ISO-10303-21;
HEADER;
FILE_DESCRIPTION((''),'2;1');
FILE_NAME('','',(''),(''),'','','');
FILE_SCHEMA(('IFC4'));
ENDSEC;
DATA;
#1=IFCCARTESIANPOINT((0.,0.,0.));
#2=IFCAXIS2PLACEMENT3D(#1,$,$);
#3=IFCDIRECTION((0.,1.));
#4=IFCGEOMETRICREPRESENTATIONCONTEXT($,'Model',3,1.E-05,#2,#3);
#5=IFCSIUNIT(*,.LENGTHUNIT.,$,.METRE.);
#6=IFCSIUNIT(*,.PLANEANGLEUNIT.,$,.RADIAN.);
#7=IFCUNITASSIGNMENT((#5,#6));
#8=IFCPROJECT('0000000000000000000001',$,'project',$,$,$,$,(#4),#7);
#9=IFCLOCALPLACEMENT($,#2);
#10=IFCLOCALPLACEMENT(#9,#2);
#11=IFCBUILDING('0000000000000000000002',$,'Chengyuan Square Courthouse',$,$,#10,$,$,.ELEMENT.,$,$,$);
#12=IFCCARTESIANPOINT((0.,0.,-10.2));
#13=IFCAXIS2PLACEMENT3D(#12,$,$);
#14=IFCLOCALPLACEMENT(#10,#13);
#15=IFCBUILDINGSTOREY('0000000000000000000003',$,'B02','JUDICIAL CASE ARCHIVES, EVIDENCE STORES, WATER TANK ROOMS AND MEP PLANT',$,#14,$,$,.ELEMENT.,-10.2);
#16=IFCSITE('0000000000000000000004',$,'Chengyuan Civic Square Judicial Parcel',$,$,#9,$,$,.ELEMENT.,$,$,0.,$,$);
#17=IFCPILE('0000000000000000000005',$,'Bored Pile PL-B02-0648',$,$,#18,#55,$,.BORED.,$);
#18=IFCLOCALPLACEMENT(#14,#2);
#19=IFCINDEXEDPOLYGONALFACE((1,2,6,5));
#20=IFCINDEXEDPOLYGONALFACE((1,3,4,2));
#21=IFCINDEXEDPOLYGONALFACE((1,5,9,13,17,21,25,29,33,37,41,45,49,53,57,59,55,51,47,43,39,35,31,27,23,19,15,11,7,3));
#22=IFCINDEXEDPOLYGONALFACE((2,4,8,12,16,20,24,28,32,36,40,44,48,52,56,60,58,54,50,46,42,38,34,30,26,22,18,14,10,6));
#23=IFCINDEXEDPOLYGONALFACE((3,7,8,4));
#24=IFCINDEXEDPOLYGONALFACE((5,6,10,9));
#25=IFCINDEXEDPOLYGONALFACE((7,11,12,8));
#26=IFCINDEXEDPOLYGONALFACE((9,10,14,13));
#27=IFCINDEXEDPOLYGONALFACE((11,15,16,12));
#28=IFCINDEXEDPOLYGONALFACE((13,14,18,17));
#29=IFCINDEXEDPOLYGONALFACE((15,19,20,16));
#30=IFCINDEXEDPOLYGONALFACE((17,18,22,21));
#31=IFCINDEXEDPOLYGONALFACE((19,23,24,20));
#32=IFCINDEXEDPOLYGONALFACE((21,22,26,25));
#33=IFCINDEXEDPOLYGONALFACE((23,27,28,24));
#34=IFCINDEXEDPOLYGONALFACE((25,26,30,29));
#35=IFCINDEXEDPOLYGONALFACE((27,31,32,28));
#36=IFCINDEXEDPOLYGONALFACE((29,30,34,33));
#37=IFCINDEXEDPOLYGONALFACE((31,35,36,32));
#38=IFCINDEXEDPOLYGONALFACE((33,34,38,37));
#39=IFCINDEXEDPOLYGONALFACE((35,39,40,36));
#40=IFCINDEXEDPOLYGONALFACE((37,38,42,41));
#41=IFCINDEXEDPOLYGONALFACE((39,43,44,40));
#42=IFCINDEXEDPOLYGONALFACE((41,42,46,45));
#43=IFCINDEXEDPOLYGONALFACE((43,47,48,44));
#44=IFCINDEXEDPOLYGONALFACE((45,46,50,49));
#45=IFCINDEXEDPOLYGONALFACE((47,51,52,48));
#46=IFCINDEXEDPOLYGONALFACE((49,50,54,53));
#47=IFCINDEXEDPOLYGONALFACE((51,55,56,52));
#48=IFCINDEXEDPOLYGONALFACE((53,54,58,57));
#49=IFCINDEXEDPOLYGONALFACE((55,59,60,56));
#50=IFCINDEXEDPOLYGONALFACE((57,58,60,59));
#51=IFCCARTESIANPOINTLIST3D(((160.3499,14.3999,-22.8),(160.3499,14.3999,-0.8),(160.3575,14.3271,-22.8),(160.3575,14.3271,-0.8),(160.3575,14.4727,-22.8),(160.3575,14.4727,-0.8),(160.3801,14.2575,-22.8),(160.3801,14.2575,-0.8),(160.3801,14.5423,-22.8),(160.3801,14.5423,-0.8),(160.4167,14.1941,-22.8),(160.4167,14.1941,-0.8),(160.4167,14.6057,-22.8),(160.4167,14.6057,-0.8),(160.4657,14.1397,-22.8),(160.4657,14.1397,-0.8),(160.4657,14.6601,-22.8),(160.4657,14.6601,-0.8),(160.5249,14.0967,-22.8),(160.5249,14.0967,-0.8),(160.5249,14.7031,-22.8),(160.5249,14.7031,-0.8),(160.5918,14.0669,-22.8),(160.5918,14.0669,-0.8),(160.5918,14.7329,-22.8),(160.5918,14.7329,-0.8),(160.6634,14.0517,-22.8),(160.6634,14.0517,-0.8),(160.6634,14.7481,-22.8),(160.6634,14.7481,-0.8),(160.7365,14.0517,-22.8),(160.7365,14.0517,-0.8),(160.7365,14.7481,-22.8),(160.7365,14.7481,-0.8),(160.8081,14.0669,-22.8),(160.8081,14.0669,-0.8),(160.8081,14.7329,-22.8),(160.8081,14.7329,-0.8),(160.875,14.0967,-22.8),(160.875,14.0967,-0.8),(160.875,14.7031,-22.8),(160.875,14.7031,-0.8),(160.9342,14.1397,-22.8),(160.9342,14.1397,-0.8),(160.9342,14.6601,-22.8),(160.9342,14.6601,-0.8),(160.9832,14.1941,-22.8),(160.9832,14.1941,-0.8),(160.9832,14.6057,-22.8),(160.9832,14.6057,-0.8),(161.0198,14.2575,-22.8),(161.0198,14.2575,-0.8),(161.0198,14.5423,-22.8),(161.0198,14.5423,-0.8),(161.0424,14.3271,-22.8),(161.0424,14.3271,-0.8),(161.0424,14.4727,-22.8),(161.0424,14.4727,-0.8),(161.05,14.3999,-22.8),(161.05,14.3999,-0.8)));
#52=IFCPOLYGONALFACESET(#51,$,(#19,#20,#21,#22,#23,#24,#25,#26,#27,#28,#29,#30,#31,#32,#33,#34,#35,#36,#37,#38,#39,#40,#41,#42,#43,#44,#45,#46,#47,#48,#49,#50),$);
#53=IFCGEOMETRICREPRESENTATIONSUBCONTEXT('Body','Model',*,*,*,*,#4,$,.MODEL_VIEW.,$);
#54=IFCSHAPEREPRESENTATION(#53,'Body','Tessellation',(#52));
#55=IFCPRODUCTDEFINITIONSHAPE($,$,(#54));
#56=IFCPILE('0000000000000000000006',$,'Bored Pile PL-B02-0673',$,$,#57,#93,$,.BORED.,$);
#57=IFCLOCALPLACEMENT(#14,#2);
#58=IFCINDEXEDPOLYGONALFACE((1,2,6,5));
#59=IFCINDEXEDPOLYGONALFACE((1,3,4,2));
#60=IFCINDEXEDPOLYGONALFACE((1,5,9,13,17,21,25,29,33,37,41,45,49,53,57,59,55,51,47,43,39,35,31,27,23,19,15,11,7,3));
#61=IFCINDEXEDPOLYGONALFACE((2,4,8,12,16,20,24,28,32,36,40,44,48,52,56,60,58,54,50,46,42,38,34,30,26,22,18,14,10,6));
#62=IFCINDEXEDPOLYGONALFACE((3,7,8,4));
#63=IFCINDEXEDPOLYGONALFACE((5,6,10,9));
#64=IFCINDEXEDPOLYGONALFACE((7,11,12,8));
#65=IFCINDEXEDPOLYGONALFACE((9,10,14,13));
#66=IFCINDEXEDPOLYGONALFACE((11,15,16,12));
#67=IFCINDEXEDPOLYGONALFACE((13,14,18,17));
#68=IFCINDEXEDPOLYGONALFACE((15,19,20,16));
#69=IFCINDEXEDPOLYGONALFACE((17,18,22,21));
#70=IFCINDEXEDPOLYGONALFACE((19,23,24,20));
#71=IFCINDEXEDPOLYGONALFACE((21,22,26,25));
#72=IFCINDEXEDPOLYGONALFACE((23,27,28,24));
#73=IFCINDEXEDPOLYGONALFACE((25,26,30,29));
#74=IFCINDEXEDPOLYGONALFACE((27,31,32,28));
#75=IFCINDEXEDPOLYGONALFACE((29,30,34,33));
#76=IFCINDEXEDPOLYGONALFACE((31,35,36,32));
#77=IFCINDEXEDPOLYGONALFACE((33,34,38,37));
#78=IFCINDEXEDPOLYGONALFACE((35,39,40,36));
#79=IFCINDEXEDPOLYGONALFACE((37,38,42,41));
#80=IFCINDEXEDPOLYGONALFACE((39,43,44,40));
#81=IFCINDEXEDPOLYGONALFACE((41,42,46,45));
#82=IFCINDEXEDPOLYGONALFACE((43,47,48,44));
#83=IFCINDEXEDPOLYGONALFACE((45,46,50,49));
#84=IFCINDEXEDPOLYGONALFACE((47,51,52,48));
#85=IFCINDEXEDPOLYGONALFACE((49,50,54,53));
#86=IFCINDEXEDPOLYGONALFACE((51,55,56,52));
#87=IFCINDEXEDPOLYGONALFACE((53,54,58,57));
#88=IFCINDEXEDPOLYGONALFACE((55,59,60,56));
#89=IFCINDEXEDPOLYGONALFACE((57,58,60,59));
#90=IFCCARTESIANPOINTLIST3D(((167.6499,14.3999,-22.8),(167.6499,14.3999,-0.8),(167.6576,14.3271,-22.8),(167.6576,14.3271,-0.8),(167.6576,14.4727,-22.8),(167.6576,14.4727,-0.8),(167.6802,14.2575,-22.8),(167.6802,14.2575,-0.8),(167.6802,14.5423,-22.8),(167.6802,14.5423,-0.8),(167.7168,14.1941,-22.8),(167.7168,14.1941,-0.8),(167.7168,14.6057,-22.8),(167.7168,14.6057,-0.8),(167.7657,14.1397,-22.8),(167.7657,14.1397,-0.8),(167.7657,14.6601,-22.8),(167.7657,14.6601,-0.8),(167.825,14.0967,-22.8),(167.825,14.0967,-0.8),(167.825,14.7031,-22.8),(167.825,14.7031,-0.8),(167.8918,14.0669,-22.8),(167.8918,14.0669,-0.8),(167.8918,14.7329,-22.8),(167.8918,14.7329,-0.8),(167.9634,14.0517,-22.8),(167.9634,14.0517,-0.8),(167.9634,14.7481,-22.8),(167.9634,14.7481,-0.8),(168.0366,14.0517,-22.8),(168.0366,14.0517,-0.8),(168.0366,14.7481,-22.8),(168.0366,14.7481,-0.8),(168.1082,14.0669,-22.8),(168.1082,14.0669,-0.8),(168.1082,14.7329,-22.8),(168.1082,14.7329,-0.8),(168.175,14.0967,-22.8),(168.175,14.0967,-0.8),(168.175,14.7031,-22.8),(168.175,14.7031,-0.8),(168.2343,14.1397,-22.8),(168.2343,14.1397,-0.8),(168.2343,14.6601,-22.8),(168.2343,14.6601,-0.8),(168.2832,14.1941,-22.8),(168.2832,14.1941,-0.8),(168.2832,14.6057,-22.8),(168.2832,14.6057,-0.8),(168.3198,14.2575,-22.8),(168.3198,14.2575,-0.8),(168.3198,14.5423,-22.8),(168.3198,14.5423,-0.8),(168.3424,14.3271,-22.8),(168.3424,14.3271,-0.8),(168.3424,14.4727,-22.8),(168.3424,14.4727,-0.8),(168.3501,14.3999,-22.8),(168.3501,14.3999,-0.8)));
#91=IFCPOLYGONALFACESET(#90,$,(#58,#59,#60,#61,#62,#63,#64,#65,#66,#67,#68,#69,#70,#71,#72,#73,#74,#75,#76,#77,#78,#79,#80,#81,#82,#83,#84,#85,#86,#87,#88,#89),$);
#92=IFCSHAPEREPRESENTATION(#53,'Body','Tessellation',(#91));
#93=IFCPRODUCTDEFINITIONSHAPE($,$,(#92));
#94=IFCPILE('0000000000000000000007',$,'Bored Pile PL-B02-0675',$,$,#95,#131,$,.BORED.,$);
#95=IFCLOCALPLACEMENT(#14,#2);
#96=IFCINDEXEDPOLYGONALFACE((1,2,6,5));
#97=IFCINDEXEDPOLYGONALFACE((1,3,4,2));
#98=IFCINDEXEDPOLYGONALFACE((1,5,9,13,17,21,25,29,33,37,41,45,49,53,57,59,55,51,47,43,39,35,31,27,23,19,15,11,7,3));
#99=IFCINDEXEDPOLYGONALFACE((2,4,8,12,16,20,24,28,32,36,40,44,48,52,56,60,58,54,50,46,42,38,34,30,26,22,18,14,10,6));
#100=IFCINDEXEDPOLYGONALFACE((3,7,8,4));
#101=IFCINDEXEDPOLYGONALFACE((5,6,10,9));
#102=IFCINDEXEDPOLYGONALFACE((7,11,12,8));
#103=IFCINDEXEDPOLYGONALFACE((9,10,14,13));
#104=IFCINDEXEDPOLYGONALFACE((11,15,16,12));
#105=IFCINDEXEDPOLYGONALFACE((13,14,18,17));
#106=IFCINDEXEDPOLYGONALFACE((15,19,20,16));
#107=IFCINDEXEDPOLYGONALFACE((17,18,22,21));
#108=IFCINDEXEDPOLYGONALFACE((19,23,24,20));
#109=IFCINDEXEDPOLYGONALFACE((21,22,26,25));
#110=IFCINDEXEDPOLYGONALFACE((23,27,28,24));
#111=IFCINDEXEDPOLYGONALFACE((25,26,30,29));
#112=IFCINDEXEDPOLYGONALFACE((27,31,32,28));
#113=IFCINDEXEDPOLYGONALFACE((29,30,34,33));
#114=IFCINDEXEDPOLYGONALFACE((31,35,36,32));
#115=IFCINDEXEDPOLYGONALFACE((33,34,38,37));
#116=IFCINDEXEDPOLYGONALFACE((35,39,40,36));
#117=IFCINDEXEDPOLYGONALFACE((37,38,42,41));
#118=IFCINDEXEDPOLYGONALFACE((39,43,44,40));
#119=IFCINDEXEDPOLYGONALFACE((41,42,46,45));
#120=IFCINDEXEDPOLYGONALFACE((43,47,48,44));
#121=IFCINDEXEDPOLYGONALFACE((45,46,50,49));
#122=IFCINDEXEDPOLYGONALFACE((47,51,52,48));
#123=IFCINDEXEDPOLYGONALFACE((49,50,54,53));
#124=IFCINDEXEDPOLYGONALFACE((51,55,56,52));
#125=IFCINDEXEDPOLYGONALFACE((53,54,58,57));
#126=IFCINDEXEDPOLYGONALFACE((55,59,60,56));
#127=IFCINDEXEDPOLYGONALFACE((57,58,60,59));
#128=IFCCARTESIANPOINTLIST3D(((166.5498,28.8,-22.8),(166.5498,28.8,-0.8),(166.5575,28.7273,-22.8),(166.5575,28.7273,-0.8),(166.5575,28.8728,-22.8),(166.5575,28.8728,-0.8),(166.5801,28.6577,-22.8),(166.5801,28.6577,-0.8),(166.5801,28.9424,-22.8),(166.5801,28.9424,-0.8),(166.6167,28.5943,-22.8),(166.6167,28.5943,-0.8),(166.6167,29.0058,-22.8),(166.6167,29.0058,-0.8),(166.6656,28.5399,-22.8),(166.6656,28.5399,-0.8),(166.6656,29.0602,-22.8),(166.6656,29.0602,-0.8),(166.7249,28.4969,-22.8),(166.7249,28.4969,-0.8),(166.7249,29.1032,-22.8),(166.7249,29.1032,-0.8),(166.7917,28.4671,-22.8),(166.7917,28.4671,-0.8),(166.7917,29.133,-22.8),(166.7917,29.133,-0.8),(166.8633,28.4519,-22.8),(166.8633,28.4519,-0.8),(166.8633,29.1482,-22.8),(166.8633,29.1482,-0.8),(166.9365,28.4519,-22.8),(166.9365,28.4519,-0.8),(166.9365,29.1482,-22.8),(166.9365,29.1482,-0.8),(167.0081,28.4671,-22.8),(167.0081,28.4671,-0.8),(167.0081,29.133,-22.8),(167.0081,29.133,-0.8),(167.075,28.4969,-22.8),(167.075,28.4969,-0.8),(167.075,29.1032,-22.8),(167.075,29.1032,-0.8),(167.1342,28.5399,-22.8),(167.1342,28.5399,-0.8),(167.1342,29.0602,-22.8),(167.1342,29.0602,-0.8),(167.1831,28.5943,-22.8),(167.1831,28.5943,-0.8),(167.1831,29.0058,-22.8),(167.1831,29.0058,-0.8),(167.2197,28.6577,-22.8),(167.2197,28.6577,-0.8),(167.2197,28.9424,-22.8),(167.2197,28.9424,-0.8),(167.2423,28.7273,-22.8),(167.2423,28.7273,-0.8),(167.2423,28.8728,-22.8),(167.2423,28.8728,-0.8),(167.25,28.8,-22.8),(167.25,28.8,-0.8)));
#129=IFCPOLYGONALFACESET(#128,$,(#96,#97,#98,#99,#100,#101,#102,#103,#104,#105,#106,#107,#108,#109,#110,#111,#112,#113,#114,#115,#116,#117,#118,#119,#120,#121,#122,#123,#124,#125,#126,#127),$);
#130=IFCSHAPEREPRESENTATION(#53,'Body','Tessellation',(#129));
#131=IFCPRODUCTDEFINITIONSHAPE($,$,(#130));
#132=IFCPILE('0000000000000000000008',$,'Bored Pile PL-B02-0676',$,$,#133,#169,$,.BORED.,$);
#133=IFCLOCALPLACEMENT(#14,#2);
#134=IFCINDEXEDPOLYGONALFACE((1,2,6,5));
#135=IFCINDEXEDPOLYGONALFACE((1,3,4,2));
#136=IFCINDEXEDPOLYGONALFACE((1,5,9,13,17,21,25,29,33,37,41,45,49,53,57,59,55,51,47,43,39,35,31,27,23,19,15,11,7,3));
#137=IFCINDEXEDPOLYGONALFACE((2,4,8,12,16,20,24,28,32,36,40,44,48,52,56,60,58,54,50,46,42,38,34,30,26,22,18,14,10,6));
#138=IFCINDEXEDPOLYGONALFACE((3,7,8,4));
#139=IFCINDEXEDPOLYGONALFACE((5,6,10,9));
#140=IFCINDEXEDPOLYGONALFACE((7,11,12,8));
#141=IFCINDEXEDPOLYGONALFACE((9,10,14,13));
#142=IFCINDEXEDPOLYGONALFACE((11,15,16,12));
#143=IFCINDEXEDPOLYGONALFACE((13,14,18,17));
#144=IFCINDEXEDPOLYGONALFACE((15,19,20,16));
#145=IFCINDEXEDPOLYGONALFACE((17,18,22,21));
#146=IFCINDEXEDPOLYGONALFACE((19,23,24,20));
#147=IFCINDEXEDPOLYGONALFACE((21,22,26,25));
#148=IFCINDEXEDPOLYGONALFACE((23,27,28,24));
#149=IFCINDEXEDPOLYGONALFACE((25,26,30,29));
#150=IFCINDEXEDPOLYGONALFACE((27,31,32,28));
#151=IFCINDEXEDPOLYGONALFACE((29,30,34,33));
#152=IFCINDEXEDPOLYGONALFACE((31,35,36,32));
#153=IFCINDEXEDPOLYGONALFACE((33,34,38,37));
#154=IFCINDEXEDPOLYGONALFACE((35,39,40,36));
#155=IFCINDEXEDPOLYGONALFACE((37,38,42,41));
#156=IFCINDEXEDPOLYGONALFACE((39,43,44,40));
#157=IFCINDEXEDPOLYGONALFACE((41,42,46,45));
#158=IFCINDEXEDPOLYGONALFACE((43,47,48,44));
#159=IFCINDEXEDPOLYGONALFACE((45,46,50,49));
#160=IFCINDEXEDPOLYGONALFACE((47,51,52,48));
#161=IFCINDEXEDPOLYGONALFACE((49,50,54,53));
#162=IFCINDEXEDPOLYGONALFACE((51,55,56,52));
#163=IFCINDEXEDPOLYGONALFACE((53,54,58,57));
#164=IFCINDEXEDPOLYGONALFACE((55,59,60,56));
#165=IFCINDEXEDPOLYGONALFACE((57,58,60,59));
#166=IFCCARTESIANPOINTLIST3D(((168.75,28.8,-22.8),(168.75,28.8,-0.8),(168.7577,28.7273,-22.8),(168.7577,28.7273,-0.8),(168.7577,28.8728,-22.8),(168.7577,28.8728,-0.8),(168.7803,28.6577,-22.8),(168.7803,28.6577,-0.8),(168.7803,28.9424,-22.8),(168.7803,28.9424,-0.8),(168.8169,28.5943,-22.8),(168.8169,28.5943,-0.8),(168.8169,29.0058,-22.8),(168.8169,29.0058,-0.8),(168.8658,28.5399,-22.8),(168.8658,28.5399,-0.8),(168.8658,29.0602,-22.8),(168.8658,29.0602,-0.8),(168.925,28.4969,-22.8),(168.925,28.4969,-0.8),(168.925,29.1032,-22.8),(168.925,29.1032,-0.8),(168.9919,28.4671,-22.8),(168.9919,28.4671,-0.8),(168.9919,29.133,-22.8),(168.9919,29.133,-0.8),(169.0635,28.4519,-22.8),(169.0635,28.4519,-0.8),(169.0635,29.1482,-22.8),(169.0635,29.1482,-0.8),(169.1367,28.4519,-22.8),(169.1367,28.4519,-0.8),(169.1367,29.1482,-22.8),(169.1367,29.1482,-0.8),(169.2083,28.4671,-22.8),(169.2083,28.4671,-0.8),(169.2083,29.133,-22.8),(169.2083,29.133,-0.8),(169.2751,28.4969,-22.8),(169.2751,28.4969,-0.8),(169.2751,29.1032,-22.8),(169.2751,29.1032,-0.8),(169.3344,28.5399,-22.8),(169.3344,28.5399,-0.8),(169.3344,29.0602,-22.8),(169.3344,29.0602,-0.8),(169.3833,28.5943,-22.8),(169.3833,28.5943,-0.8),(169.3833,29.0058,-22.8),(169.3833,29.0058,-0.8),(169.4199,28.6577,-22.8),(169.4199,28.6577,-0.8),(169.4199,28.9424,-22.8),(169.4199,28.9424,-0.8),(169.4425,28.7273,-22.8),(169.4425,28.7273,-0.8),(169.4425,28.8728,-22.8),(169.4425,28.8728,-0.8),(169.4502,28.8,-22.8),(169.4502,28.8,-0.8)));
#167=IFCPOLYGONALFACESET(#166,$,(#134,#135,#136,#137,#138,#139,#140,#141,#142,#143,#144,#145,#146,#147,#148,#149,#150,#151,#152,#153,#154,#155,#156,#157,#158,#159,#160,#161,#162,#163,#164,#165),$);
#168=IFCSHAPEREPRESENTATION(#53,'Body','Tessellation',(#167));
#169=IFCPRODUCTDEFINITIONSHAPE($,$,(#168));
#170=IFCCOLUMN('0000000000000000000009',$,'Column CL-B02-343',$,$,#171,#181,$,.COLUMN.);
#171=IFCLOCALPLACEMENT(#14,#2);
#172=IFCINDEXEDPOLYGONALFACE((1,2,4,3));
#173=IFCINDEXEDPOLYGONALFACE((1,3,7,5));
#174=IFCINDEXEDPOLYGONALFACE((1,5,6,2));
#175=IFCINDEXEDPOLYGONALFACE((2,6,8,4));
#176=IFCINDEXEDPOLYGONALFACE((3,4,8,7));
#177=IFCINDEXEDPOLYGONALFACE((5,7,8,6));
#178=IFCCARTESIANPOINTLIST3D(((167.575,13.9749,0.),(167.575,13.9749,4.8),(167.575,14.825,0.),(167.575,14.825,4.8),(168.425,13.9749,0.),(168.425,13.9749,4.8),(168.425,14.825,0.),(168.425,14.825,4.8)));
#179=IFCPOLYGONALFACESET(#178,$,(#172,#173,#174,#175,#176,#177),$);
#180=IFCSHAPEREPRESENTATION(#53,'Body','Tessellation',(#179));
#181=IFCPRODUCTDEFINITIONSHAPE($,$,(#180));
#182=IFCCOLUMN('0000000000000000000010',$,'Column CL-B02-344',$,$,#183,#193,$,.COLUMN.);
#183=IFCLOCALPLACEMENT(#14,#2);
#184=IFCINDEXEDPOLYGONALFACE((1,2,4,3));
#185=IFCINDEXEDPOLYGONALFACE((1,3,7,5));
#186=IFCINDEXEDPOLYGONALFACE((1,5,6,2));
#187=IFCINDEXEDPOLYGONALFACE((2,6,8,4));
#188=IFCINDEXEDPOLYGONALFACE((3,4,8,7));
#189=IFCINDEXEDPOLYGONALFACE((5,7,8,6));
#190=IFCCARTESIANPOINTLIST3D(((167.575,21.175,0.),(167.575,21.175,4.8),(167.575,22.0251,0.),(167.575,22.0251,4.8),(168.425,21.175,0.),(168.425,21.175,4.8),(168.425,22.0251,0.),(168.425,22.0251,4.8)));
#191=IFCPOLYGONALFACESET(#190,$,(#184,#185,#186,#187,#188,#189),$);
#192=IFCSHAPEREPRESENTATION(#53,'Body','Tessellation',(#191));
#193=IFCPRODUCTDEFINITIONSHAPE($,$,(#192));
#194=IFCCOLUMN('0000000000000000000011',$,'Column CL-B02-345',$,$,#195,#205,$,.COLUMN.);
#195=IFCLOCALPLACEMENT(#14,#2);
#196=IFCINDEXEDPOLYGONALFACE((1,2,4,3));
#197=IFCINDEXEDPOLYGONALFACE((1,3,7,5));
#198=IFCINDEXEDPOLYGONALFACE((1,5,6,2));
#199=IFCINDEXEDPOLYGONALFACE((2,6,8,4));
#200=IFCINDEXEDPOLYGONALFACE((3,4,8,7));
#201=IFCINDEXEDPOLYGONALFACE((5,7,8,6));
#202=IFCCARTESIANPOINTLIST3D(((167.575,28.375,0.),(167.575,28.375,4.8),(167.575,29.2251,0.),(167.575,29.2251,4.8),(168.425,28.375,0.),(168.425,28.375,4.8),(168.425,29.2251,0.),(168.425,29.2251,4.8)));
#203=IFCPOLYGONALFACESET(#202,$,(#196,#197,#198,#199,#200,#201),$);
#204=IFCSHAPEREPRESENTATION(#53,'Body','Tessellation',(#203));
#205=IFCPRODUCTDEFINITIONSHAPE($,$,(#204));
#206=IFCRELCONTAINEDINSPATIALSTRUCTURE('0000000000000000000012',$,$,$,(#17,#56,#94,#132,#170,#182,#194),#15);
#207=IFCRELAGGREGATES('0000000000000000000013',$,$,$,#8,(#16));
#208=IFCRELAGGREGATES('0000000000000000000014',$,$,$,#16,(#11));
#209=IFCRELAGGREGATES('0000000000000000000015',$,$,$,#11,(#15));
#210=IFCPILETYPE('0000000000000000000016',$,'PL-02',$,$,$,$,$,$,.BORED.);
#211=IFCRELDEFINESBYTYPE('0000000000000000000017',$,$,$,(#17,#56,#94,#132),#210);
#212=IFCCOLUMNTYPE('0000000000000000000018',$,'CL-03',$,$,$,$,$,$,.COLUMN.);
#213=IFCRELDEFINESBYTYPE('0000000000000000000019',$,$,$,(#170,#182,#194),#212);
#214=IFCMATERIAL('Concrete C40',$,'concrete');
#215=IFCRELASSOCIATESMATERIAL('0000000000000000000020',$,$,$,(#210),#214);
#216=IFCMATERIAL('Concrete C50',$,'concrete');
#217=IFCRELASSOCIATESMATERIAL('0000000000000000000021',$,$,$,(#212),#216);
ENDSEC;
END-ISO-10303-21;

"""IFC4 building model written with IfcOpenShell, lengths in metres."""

from ifc_helpers import new_model, si_unit, direction, frame, origin, origin_2d, place, context, subcontext, project, spatial, rectangle, circle, extrude, material, material_profile, profile_set, type_object, element, save


model = new_model("IFC4")

# Units and contexts
model_context = context("Model", 3, precision=1e-05, world=origin(), true_north=direction((0.0, 1.0)))
body_context = subcontext(model_context, "Body", "Model", "MODEL_VIEW")
ifc_project = project(units=[si_unit("LENGTHUNIT", "METRE"), si_unit("PLANEANGLEUNIT", "RADIAN")], contexts=[model_context])

# Site, building, storey
site_placement = place(None, origin())
site = spatial("IfcSite", under=ifc_project, at=site_placement, Name="Chengyuan Civic Square Judicial Parcel", CompositionType="ELEMENT", RefElevation=0.0)
building_placement = place(site_placement, origin())
building = spatial("IfcBuilding", under=site, at=building_placement, Name="Chengyuan Square Courthouse", CompositionType="ELEMENT")
storey_placement = place(building_placement, frame((0.0, 0.0, -10.2)))
storey = spatial("IfcBuildingStorey", under=building, at=storey_placement, Name="B02", Description="JUDICIAL CASE ARCHIVES, EVIDENCE STORES, WATER TANK ROOMS AND MEP PLANT", CompositionType="ELEMENT", Elevation=-10.2)

# Shared definitions
ifc_material_1 = material(Name="Concrete C40", Category="concrete")

# Piles
ifc_material_profile_1 = material_profile(ifc_material_1, circle(Radius=0.3501, at=origin_2d()), Name="BORED PILE D700")
ifc_profile_set_1 = profile_set([ifc_material_profile_1], Name="Concrete C40")
pile_type_1 = type_object("IfcPileType", Name="PL-02", PredefinedType="BORED", material=ifc_profile_set_1)
for number, where, z_axis, x_axis, name in (
    (1, (160.7, 14.3999, -0.8), (0.0, 0.0, -1.0), (1.0, 0.0, 0.0), "Bored Pile PL-B02-0648"),
    (2, (168.0, 14.3999, -0.8), (0.0, 0.0, -1.0), (1.0, 0.0, 0.0), "Bored Pile PL-B02-0673"),
    (3, (166.8999, 28.8, -0.8), (0.0, 0.0, -1.0), (1.0, 0.0, 0.0), "Bored Pile PL-B02-0675"),
    (4, (169.1001, 28.8, -0.8), (0.0, 0.0, -1.0), (1.0, 0.0, 0.0), "Bored Pile PL-B02-0676"),
):
    element("IfcPile", number, at=place(storey_placement, frame(where, z_axis=z_axis, x_axis=x_axis)), inside=storey, type_object=pile_type_1, Name=name, PredefinedType="BORED", context=body_context, shape_type="SweptSolid", body=[
        extrude(circle(Radius=0.3501, at=origin_2d()), origin(), (0.0, 0.0, 1.0), 22.0),
    ])

# Columns
ifc_material_2 = material(Name="Concrete C50", Category="concrete")
ifc_material_profile_2 = material_profile(ifc_material_2, rectangle(XDim=0.8501, YDim=0.8501, at=origin_2d()), Name="RC-COL-850x850")
ifc_profile_set_2 = profile_set([ifc_material_profile_2], Name="Concrete C50")
column_type = type_object("IfcColumnType", Name="CL-03", PredefinedType="COLUMN", material=ifc_profile_set_2)
for number, where, z_axis, x_axis, name in (
    (5, (168.0, 14.3999, 0.0), (0.0, 0.0, 1.0), (1.0, 0.0, 0.0), "Column CL-B02-343"),
    (6, (168.0, 21.6001, 0.0), (0.0, 0.0, 1.0), (1.0, 0.0, 0.0), "Column CL-B02-344"),
    (7, (168.0, 28.8, 0.0), (0.0, 0.0, 1.0), (1.0, 0.0, 0.0), "Column CL-B02-345"),
):
    element("IfcColumn", number, at=place(storey_placement, frame(where, z_axis=z_axis, x_axis=x_axis)), inside=storey, type_object=column_type, Name=name, PredefinedType="COLUMN", context=body_context, shape_type="SweptSolid", body=[
        extrude(rectangle(XDim=0.8501, YDim=0.8501, at=origin_2d()), origin(), (0.0, 0.0, 1.0), 4.8),
    ])

save(model, "model.ifc")
